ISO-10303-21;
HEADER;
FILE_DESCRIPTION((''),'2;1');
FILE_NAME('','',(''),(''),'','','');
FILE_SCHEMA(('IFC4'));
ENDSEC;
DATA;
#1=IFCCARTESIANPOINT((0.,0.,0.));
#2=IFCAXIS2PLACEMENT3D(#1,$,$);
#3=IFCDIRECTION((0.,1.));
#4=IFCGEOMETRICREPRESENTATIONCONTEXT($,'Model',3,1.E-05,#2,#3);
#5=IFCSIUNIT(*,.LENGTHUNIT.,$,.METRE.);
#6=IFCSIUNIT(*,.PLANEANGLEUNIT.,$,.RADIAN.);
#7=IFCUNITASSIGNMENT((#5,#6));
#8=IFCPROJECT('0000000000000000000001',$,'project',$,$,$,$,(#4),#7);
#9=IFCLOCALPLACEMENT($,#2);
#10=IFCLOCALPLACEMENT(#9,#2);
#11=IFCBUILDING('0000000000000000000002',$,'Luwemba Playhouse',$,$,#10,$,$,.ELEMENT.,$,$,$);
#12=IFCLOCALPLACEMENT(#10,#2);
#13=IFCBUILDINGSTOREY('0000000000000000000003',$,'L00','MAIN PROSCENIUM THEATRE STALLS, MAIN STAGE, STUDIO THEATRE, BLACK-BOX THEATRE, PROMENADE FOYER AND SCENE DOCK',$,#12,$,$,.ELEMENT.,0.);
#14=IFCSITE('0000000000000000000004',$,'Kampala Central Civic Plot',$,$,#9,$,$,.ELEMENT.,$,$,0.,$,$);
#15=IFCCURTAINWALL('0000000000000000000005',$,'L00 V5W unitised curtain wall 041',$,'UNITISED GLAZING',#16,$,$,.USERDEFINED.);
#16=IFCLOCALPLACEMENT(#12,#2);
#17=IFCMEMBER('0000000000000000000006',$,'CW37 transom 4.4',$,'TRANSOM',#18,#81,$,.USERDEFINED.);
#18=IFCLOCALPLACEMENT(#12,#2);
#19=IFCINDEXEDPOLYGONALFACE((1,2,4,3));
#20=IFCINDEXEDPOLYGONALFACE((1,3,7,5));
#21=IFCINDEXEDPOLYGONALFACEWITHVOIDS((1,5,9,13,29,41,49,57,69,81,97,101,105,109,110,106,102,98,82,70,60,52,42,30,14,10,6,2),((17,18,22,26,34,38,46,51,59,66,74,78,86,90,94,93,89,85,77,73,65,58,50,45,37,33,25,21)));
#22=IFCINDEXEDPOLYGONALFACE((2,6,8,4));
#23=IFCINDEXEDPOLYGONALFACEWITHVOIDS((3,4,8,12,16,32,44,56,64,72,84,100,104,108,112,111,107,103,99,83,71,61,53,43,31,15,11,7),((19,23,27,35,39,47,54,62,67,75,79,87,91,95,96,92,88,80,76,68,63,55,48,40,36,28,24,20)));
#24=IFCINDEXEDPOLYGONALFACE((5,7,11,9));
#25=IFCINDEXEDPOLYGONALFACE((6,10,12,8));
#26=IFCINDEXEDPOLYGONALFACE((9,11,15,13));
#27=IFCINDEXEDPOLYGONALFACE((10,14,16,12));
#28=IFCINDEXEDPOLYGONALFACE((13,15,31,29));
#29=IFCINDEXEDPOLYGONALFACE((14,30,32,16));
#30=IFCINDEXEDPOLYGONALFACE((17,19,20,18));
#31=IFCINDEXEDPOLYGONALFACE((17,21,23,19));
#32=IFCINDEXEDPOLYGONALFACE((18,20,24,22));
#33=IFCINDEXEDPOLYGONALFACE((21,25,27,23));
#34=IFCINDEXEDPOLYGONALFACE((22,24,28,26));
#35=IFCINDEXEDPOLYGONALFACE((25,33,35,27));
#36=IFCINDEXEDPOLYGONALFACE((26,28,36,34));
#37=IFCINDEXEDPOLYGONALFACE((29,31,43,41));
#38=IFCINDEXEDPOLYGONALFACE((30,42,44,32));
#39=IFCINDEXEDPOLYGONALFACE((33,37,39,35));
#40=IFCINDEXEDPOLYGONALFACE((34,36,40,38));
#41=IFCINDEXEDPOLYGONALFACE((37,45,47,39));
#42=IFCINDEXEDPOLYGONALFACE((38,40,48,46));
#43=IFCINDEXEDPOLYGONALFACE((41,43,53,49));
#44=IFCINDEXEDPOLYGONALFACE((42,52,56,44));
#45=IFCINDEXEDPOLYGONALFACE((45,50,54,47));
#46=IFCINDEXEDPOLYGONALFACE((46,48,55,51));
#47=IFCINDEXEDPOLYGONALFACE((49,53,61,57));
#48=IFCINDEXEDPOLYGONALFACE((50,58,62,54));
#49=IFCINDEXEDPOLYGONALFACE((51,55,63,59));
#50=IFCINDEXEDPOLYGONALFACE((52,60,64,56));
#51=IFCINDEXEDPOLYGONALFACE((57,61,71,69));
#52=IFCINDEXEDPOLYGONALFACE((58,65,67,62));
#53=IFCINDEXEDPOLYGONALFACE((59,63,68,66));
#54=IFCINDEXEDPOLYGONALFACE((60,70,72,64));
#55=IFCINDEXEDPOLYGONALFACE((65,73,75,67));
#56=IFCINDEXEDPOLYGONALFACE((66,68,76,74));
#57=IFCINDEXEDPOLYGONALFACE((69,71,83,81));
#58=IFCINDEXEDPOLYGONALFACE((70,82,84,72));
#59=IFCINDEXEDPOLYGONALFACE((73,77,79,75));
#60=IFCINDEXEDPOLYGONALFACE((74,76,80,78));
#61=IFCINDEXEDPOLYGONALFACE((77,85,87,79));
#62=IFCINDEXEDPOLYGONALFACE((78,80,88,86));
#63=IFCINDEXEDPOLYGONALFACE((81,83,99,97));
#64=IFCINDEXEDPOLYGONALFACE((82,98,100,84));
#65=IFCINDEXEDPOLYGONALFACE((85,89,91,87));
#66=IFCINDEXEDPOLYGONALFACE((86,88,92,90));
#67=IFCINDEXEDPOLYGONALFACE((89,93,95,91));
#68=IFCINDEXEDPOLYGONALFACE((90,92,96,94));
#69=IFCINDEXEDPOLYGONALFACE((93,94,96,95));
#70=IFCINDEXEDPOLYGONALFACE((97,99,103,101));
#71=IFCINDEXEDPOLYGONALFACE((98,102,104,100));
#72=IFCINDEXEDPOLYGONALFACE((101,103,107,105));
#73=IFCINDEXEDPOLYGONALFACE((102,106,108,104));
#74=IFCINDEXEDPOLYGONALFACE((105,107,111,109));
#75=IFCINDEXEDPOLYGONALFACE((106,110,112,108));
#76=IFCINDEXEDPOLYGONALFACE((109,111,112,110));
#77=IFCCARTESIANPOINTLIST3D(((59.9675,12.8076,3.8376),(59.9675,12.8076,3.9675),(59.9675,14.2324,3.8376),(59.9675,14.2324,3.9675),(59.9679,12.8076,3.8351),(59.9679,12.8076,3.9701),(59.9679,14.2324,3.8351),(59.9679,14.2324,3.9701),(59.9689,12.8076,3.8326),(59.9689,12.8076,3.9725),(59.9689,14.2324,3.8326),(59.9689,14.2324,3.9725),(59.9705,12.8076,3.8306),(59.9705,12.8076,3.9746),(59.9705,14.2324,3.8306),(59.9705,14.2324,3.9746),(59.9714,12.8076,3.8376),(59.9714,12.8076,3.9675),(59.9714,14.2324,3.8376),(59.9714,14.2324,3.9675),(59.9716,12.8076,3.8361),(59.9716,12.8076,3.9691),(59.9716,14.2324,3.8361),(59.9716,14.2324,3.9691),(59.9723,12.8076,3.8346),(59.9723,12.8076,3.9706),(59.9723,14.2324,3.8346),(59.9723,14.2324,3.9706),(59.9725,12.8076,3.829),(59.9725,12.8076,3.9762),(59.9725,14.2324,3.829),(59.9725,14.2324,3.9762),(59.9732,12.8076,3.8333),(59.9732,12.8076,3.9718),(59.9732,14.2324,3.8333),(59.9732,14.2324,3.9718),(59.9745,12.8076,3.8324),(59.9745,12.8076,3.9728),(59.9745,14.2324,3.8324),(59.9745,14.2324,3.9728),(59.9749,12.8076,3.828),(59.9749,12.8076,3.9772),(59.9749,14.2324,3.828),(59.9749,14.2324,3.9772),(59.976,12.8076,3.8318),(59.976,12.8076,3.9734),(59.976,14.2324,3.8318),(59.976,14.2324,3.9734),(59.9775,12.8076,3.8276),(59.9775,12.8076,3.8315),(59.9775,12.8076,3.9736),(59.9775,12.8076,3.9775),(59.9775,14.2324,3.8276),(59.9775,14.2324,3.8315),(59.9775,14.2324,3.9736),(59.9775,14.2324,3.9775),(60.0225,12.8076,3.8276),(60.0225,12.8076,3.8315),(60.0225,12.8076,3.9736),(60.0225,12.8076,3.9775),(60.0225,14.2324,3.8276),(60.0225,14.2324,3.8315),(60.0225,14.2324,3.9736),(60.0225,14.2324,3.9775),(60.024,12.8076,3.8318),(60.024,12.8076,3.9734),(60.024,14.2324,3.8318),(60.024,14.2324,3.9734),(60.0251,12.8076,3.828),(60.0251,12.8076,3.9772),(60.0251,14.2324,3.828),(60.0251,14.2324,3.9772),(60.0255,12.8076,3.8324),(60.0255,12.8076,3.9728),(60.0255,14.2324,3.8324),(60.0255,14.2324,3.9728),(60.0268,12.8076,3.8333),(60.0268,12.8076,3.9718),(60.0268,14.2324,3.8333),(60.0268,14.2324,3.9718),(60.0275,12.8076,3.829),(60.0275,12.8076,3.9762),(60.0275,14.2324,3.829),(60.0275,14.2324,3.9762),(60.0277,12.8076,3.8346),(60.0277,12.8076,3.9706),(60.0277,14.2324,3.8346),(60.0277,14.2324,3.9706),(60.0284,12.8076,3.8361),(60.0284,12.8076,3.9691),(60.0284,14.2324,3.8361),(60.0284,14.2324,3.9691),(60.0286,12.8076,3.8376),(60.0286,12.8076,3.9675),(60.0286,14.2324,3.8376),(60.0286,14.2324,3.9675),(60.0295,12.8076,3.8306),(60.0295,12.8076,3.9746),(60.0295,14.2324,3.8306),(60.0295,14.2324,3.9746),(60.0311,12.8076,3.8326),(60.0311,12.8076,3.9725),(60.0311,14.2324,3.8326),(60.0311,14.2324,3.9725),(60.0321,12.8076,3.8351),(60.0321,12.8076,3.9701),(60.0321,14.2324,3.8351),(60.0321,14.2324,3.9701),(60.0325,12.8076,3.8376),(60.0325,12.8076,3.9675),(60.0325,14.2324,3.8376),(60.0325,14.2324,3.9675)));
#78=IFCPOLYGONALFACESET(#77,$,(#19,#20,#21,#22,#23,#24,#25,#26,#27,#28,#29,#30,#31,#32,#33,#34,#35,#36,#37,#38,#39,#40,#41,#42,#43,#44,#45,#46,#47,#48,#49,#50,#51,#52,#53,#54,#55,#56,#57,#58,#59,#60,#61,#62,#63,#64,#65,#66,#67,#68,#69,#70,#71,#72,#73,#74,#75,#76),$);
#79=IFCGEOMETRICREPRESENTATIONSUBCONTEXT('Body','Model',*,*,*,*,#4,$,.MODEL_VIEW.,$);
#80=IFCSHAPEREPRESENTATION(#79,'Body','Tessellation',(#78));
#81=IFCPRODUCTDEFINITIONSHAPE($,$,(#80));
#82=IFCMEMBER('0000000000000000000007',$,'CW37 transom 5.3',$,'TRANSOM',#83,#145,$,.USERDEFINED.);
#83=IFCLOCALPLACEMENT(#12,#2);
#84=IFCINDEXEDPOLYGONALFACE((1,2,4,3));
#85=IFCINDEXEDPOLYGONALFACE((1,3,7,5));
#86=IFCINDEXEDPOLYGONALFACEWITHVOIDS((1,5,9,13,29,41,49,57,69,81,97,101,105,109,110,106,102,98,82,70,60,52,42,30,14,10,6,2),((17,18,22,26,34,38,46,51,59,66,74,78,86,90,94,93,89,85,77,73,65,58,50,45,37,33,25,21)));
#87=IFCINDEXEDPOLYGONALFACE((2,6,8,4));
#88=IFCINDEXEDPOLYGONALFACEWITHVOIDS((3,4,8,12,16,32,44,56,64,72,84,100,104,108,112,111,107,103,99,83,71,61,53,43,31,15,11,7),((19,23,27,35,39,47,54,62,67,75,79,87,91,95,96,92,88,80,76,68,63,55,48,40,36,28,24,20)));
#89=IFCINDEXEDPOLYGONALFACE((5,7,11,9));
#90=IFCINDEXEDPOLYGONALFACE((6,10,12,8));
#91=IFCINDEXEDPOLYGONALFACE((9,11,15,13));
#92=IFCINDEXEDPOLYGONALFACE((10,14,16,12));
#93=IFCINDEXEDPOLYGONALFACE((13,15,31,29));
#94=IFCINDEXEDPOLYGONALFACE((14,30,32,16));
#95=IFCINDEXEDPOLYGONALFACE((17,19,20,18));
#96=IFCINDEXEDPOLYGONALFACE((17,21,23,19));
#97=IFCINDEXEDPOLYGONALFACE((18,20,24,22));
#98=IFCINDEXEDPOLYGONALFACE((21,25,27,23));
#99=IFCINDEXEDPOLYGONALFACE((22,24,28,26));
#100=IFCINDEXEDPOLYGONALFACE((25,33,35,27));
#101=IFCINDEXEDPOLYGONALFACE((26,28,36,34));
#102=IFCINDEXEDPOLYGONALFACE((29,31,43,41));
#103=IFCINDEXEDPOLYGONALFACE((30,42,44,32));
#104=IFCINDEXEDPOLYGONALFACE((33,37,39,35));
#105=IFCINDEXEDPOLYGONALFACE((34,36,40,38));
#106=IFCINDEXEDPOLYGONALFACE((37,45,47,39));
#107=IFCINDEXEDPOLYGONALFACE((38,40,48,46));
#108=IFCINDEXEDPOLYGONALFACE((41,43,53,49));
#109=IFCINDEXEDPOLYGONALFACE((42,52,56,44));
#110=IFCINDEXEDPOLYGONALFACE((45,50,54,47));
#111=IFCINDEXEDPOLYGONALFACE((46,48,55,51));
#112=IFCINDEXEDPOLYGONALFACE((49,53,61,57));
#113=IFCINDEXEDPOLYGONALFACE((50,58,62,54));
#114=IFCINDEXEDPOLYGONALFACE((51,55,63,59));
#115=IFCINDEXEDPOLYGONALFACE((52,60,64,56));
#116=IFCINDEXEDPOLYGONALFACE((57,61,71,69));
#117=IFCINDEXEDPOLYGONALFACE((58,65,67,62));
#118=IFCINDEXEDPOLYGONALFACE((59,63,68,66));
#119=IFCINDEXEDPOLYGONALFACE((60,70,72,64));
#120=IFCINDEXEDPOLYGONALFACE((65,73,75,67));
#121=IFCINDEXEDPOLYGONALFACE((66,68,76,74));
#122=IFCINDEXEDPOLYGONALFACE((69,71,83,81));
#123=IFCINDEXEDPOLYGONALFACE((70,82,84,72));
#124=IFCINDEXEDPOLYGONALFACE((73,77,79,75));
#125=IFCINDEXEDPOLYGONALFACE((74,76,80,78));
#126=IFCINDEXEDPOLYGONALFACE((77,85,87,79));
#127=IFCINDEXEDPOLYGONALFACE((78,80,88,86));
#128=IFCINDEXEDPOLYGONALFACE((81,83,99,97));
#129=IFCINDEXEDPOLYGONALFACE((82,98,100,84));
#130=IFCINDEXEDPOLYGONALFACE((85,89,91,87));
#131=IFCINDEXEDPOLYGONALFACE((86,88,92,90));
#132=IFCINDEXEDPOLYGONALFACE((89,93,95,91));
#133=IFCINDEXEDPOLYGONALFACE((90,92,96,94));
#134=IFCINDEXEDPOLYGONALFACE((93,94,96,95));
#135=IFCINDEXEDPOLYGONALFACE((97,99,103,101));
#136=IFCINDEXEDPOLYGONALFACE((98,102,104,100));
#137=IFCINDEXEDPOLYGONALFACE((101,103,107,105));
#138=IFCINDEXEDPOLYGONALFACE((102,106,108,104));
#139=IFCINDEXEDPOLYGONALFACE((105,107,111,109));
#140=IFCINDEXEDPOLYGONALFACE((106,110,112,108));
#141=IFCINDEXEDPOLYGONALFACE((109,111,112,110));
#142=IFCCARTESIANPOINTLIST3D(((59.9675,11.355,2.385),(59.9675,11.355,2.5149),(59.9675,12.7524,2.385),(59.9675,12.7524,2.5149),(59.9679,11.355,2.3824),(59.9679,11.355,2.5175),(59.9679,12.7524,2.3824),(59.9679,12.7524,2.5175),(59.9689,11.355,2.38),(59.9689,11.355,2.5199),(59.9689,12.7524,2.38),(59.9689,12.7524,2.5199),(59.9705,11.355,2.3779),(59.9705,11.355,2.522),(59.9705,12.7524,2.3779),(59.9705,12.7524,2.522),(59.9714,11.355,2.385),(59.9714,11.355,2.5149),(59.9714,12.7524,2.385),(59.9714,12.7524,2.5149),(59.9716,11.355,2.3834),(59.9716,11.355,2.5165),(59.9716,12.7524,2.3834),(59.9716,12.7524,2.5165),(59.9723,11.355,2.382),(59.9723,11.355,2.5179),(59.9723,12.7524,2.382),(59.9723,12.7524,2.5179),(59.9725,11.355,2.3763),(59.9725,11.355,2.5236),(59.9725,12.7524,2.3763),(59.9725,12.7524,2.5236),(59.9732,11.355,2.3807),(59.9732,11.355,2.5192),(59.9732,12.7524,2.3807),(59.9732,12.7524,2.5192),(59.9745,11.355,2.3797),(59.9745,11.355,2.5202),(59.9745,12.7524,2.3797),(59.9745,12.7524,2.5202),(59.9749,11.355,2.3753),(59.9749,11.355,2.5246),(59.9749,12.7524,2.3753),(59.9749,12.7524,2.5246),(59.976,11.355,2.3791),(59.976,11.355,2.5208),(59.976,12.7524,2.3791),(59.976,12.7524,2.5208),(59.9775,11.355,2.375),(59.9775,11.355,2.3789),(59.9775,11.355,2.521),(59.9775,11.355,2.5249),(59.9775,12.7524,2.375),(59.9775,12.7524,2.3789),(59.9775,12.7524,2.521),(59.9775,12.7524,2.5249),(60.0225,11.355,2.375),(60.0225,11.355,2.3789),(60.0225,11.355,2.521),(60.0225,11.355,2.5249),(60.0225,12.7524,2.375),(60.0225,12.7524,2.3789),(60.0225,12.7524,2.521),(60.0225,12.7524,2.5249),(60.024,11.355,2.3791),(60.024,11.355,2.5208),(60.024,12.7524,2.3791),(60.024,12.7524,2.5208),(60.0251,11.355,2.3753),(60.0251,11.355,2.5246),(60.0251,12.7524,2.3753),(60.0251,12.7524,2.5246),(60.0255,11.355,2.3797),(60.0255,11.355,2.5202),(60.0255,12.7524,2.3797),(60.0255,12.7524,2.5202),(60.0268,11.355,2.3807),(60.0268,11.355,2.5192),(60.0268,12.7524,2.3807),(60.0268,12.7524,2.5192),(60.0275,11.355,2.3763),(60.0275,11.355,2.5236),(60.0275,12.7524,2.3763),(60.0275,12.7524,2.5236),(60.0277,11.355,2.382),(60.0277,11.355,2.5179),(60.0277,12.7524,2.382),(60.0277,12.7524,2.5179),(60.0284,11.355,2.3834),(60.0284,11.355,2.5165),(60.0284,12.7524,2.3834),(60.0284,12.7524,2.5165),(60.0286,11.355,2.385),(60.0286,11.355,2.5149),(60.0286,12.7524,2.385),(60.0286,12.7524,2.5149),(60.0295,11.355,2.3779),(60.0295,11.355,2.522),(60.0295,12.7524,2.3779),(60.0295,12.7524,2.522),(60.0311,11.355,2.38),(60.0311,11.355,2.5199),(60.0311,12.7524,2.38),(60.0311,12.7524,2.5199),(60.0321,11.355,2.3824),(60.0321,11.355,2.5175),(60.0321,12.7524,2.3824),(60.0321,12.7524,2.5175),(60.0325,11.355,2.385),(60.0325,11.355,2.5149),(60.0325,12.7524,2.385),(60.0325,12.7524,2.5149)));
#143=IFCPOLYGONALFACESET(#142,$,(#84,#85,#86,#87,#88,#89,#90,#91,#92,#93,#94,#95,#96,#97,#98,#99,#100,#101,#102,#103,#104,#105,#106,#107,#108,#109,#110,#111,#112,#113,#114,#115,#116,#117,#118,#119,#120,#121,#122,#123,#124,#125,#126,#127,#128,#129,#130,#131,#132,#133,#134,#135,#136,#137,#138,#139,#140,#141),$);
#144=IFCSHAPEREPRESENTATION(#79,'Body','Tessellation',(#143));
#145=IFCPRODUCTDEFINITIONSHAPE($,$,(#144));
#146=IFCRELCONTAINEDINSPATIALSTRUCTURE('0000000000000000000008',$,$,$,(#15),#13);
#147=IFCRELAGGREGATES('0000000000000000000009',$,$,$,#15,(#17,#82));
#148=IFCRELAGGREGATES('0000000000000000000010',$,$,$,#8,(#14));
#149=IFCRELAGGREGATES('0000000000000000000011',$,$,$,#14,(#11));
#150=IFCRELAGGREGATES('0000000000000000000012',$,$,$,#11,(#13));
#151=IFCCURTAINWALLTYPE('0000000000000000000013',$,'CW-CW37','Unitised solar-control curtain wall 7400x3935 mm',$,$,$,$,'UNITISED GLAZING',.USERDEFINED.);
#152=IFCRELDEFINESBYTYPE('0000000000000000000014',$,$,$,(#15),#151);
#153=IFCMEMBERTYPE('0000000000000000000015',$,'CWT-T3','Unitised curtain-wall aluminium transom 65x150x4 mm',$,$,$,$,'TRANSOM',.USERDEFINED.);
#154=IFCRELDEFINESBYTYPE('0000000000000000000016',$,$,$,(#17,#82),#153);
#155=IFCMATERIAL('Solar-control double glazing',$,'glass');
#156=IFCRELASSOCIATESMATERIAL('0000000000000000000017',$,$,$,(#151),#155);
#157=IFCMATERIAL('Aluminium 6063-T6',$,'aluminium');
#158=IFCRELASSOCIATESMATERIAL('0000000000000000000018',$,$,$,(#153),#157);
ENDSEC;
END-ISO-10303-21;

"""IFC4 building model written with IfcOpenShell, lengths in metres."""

from ifc_helpers import new_model, si_unit, direction, frame, origin, origin_2d, place, context, subcontext, project, spatial, hollow_rectangle, extrude, material, material_profile, profile_set, type_object, element, aggregate, save


model = new_model("IFC4")

# Units and contexts
model_context = context("Model", 3, precision=1e-05, world=origin(), true_north=direction((0.0, 1.0)))
body_context = subcontext(model_context, "Body", "Model", "MODEL_VIEW")
ifc_project = project(units=[si_unit("LENGTHUNIT", "METRE"), si_unit("PLANEANGLEUNIT", "RADIAN")], contexts=[model_context])

# Site, building, storey
site_placement = place(None, origin())
site = spatial("IfcSite", under=ifc_project, at=site_placement, Name="Kampala Central Civic Plot", CompositionType="ELEMENT", RefElevation=0.0)
building_placement = place(site_placement, origin())
building = spatial("IfcBuilding", under=site, at=building_placement, Name="Luwemba Playhouse", CompositionType="ELEMENT")
storey_placement = place(building_placement, origin())
storey = spatial("IfcBuildingStorey", under=building, at=storey_placement, Name="L00", Description="MAIN PROSCENIUM THEATRE STALLS, MAIN STAGE, STUDIO THEATRE, BLACK-BOX THEATRE, PROMENADE FOYER AND SCENE DOCK", CompositionType="ELEMENT", Elevation=0.0)

# Curtain wall, members
ifc_material_1 = material(Name="Solar-control double glazing", Category="glass")
curtain_wall_type = type_object("IfcCurtainWallType", Name="CW-CW37", Description="Unitised solar-control curtain wall 7400x3935 mm", ElementType="UNITISED GLAZING", PredefinedType="USERDEFINED", material=ifc_material_1)
curtain_wall_placement = place(storey_placement, origin())
curtain_wall = element("IfcCurtainWall", 1, at=curtain_wall_placement, inside=storey, type_object=curtain_wall_type, Name="L00 V5W unitised curtain wall 041", ObjectType="UNITISED GLAZING", PredefinedType="USERDEFINED")
ifc_material_2 = material(Name="Aluminium 6063-T6", Category="aluminium")
ifc_material_profile_1 = material_profile(ifc_material_2, hollow_rectangle(XDim=0.0649, YDim=0.1499, WallThickness=0.0039, InnerFilletRadius=0.0061, OuterFilletRadius=0.01, at=origin_2d()))
ifc_profile_set_1 = profile_set([ifc_material_profile_1], Name="Aluminium 6063-T6")
member_type_1 = type_object("IfcMemberType", Name="CWT-T3", Description="Unitised curtain-wall aluminium transom 65x150x4 mm", ElementType="TRANSOM", PredefinedType="USERDEFINED", material=ifc_profile_set_1)
member_1_placement = place(storey_placement, frame((60.0, 14.2324, 3.9026), z_axis=(0.0, -1.0, 0.0), x_axis=(1.0, 0.0, 0.0)))
member_1 = element("IfcMember", 2, at=member_1_placement, type_object=member_type_1, Name="CW37 transom 4.4", ObjectType="TRANSOM", PredefinedType="USERDEFINED", context=body_context, shape_type="SweptSolid", body=[
    extrude(hollow_rectangle(XDim=0.0649, YDim=0.1499, WallThickness=0.0039, InnerFilletRadius=0.0061, OuterFilletRadius=0.01, at=origin_2d()), origin(), (0.0, 0.0, 1.0), 1.4248),
])
member_2_placement = place(storey_placement, frame((60.0, 12.7524, 2.45), z_axis=(0.0, -1.0, 0.0), x_axis=(1.0, 0.0, 0.0)))
member_2 = element("IfcMember", 3, at=member_2_placement, type_object=member_type_1, Name="CW37 transom 5.3", ObjectType="TRANSOM", PredefinedType="USERDEFINED", context=body_context, shape_type="SweptSolid", body=[
    extrude(hollow_rectangle(XDim=0.0649, YDim=0.1499, WallThickness=0.0039, InnerFilletRadius=0.0061, OuterFilletRadius=0.01, at=origin_2d()), origin(), (0.0, 0.0, 1.0), 1.3975),
])
aggregate(curtain_wall, [member_1, member_2])

save(model, "model.ifc")
